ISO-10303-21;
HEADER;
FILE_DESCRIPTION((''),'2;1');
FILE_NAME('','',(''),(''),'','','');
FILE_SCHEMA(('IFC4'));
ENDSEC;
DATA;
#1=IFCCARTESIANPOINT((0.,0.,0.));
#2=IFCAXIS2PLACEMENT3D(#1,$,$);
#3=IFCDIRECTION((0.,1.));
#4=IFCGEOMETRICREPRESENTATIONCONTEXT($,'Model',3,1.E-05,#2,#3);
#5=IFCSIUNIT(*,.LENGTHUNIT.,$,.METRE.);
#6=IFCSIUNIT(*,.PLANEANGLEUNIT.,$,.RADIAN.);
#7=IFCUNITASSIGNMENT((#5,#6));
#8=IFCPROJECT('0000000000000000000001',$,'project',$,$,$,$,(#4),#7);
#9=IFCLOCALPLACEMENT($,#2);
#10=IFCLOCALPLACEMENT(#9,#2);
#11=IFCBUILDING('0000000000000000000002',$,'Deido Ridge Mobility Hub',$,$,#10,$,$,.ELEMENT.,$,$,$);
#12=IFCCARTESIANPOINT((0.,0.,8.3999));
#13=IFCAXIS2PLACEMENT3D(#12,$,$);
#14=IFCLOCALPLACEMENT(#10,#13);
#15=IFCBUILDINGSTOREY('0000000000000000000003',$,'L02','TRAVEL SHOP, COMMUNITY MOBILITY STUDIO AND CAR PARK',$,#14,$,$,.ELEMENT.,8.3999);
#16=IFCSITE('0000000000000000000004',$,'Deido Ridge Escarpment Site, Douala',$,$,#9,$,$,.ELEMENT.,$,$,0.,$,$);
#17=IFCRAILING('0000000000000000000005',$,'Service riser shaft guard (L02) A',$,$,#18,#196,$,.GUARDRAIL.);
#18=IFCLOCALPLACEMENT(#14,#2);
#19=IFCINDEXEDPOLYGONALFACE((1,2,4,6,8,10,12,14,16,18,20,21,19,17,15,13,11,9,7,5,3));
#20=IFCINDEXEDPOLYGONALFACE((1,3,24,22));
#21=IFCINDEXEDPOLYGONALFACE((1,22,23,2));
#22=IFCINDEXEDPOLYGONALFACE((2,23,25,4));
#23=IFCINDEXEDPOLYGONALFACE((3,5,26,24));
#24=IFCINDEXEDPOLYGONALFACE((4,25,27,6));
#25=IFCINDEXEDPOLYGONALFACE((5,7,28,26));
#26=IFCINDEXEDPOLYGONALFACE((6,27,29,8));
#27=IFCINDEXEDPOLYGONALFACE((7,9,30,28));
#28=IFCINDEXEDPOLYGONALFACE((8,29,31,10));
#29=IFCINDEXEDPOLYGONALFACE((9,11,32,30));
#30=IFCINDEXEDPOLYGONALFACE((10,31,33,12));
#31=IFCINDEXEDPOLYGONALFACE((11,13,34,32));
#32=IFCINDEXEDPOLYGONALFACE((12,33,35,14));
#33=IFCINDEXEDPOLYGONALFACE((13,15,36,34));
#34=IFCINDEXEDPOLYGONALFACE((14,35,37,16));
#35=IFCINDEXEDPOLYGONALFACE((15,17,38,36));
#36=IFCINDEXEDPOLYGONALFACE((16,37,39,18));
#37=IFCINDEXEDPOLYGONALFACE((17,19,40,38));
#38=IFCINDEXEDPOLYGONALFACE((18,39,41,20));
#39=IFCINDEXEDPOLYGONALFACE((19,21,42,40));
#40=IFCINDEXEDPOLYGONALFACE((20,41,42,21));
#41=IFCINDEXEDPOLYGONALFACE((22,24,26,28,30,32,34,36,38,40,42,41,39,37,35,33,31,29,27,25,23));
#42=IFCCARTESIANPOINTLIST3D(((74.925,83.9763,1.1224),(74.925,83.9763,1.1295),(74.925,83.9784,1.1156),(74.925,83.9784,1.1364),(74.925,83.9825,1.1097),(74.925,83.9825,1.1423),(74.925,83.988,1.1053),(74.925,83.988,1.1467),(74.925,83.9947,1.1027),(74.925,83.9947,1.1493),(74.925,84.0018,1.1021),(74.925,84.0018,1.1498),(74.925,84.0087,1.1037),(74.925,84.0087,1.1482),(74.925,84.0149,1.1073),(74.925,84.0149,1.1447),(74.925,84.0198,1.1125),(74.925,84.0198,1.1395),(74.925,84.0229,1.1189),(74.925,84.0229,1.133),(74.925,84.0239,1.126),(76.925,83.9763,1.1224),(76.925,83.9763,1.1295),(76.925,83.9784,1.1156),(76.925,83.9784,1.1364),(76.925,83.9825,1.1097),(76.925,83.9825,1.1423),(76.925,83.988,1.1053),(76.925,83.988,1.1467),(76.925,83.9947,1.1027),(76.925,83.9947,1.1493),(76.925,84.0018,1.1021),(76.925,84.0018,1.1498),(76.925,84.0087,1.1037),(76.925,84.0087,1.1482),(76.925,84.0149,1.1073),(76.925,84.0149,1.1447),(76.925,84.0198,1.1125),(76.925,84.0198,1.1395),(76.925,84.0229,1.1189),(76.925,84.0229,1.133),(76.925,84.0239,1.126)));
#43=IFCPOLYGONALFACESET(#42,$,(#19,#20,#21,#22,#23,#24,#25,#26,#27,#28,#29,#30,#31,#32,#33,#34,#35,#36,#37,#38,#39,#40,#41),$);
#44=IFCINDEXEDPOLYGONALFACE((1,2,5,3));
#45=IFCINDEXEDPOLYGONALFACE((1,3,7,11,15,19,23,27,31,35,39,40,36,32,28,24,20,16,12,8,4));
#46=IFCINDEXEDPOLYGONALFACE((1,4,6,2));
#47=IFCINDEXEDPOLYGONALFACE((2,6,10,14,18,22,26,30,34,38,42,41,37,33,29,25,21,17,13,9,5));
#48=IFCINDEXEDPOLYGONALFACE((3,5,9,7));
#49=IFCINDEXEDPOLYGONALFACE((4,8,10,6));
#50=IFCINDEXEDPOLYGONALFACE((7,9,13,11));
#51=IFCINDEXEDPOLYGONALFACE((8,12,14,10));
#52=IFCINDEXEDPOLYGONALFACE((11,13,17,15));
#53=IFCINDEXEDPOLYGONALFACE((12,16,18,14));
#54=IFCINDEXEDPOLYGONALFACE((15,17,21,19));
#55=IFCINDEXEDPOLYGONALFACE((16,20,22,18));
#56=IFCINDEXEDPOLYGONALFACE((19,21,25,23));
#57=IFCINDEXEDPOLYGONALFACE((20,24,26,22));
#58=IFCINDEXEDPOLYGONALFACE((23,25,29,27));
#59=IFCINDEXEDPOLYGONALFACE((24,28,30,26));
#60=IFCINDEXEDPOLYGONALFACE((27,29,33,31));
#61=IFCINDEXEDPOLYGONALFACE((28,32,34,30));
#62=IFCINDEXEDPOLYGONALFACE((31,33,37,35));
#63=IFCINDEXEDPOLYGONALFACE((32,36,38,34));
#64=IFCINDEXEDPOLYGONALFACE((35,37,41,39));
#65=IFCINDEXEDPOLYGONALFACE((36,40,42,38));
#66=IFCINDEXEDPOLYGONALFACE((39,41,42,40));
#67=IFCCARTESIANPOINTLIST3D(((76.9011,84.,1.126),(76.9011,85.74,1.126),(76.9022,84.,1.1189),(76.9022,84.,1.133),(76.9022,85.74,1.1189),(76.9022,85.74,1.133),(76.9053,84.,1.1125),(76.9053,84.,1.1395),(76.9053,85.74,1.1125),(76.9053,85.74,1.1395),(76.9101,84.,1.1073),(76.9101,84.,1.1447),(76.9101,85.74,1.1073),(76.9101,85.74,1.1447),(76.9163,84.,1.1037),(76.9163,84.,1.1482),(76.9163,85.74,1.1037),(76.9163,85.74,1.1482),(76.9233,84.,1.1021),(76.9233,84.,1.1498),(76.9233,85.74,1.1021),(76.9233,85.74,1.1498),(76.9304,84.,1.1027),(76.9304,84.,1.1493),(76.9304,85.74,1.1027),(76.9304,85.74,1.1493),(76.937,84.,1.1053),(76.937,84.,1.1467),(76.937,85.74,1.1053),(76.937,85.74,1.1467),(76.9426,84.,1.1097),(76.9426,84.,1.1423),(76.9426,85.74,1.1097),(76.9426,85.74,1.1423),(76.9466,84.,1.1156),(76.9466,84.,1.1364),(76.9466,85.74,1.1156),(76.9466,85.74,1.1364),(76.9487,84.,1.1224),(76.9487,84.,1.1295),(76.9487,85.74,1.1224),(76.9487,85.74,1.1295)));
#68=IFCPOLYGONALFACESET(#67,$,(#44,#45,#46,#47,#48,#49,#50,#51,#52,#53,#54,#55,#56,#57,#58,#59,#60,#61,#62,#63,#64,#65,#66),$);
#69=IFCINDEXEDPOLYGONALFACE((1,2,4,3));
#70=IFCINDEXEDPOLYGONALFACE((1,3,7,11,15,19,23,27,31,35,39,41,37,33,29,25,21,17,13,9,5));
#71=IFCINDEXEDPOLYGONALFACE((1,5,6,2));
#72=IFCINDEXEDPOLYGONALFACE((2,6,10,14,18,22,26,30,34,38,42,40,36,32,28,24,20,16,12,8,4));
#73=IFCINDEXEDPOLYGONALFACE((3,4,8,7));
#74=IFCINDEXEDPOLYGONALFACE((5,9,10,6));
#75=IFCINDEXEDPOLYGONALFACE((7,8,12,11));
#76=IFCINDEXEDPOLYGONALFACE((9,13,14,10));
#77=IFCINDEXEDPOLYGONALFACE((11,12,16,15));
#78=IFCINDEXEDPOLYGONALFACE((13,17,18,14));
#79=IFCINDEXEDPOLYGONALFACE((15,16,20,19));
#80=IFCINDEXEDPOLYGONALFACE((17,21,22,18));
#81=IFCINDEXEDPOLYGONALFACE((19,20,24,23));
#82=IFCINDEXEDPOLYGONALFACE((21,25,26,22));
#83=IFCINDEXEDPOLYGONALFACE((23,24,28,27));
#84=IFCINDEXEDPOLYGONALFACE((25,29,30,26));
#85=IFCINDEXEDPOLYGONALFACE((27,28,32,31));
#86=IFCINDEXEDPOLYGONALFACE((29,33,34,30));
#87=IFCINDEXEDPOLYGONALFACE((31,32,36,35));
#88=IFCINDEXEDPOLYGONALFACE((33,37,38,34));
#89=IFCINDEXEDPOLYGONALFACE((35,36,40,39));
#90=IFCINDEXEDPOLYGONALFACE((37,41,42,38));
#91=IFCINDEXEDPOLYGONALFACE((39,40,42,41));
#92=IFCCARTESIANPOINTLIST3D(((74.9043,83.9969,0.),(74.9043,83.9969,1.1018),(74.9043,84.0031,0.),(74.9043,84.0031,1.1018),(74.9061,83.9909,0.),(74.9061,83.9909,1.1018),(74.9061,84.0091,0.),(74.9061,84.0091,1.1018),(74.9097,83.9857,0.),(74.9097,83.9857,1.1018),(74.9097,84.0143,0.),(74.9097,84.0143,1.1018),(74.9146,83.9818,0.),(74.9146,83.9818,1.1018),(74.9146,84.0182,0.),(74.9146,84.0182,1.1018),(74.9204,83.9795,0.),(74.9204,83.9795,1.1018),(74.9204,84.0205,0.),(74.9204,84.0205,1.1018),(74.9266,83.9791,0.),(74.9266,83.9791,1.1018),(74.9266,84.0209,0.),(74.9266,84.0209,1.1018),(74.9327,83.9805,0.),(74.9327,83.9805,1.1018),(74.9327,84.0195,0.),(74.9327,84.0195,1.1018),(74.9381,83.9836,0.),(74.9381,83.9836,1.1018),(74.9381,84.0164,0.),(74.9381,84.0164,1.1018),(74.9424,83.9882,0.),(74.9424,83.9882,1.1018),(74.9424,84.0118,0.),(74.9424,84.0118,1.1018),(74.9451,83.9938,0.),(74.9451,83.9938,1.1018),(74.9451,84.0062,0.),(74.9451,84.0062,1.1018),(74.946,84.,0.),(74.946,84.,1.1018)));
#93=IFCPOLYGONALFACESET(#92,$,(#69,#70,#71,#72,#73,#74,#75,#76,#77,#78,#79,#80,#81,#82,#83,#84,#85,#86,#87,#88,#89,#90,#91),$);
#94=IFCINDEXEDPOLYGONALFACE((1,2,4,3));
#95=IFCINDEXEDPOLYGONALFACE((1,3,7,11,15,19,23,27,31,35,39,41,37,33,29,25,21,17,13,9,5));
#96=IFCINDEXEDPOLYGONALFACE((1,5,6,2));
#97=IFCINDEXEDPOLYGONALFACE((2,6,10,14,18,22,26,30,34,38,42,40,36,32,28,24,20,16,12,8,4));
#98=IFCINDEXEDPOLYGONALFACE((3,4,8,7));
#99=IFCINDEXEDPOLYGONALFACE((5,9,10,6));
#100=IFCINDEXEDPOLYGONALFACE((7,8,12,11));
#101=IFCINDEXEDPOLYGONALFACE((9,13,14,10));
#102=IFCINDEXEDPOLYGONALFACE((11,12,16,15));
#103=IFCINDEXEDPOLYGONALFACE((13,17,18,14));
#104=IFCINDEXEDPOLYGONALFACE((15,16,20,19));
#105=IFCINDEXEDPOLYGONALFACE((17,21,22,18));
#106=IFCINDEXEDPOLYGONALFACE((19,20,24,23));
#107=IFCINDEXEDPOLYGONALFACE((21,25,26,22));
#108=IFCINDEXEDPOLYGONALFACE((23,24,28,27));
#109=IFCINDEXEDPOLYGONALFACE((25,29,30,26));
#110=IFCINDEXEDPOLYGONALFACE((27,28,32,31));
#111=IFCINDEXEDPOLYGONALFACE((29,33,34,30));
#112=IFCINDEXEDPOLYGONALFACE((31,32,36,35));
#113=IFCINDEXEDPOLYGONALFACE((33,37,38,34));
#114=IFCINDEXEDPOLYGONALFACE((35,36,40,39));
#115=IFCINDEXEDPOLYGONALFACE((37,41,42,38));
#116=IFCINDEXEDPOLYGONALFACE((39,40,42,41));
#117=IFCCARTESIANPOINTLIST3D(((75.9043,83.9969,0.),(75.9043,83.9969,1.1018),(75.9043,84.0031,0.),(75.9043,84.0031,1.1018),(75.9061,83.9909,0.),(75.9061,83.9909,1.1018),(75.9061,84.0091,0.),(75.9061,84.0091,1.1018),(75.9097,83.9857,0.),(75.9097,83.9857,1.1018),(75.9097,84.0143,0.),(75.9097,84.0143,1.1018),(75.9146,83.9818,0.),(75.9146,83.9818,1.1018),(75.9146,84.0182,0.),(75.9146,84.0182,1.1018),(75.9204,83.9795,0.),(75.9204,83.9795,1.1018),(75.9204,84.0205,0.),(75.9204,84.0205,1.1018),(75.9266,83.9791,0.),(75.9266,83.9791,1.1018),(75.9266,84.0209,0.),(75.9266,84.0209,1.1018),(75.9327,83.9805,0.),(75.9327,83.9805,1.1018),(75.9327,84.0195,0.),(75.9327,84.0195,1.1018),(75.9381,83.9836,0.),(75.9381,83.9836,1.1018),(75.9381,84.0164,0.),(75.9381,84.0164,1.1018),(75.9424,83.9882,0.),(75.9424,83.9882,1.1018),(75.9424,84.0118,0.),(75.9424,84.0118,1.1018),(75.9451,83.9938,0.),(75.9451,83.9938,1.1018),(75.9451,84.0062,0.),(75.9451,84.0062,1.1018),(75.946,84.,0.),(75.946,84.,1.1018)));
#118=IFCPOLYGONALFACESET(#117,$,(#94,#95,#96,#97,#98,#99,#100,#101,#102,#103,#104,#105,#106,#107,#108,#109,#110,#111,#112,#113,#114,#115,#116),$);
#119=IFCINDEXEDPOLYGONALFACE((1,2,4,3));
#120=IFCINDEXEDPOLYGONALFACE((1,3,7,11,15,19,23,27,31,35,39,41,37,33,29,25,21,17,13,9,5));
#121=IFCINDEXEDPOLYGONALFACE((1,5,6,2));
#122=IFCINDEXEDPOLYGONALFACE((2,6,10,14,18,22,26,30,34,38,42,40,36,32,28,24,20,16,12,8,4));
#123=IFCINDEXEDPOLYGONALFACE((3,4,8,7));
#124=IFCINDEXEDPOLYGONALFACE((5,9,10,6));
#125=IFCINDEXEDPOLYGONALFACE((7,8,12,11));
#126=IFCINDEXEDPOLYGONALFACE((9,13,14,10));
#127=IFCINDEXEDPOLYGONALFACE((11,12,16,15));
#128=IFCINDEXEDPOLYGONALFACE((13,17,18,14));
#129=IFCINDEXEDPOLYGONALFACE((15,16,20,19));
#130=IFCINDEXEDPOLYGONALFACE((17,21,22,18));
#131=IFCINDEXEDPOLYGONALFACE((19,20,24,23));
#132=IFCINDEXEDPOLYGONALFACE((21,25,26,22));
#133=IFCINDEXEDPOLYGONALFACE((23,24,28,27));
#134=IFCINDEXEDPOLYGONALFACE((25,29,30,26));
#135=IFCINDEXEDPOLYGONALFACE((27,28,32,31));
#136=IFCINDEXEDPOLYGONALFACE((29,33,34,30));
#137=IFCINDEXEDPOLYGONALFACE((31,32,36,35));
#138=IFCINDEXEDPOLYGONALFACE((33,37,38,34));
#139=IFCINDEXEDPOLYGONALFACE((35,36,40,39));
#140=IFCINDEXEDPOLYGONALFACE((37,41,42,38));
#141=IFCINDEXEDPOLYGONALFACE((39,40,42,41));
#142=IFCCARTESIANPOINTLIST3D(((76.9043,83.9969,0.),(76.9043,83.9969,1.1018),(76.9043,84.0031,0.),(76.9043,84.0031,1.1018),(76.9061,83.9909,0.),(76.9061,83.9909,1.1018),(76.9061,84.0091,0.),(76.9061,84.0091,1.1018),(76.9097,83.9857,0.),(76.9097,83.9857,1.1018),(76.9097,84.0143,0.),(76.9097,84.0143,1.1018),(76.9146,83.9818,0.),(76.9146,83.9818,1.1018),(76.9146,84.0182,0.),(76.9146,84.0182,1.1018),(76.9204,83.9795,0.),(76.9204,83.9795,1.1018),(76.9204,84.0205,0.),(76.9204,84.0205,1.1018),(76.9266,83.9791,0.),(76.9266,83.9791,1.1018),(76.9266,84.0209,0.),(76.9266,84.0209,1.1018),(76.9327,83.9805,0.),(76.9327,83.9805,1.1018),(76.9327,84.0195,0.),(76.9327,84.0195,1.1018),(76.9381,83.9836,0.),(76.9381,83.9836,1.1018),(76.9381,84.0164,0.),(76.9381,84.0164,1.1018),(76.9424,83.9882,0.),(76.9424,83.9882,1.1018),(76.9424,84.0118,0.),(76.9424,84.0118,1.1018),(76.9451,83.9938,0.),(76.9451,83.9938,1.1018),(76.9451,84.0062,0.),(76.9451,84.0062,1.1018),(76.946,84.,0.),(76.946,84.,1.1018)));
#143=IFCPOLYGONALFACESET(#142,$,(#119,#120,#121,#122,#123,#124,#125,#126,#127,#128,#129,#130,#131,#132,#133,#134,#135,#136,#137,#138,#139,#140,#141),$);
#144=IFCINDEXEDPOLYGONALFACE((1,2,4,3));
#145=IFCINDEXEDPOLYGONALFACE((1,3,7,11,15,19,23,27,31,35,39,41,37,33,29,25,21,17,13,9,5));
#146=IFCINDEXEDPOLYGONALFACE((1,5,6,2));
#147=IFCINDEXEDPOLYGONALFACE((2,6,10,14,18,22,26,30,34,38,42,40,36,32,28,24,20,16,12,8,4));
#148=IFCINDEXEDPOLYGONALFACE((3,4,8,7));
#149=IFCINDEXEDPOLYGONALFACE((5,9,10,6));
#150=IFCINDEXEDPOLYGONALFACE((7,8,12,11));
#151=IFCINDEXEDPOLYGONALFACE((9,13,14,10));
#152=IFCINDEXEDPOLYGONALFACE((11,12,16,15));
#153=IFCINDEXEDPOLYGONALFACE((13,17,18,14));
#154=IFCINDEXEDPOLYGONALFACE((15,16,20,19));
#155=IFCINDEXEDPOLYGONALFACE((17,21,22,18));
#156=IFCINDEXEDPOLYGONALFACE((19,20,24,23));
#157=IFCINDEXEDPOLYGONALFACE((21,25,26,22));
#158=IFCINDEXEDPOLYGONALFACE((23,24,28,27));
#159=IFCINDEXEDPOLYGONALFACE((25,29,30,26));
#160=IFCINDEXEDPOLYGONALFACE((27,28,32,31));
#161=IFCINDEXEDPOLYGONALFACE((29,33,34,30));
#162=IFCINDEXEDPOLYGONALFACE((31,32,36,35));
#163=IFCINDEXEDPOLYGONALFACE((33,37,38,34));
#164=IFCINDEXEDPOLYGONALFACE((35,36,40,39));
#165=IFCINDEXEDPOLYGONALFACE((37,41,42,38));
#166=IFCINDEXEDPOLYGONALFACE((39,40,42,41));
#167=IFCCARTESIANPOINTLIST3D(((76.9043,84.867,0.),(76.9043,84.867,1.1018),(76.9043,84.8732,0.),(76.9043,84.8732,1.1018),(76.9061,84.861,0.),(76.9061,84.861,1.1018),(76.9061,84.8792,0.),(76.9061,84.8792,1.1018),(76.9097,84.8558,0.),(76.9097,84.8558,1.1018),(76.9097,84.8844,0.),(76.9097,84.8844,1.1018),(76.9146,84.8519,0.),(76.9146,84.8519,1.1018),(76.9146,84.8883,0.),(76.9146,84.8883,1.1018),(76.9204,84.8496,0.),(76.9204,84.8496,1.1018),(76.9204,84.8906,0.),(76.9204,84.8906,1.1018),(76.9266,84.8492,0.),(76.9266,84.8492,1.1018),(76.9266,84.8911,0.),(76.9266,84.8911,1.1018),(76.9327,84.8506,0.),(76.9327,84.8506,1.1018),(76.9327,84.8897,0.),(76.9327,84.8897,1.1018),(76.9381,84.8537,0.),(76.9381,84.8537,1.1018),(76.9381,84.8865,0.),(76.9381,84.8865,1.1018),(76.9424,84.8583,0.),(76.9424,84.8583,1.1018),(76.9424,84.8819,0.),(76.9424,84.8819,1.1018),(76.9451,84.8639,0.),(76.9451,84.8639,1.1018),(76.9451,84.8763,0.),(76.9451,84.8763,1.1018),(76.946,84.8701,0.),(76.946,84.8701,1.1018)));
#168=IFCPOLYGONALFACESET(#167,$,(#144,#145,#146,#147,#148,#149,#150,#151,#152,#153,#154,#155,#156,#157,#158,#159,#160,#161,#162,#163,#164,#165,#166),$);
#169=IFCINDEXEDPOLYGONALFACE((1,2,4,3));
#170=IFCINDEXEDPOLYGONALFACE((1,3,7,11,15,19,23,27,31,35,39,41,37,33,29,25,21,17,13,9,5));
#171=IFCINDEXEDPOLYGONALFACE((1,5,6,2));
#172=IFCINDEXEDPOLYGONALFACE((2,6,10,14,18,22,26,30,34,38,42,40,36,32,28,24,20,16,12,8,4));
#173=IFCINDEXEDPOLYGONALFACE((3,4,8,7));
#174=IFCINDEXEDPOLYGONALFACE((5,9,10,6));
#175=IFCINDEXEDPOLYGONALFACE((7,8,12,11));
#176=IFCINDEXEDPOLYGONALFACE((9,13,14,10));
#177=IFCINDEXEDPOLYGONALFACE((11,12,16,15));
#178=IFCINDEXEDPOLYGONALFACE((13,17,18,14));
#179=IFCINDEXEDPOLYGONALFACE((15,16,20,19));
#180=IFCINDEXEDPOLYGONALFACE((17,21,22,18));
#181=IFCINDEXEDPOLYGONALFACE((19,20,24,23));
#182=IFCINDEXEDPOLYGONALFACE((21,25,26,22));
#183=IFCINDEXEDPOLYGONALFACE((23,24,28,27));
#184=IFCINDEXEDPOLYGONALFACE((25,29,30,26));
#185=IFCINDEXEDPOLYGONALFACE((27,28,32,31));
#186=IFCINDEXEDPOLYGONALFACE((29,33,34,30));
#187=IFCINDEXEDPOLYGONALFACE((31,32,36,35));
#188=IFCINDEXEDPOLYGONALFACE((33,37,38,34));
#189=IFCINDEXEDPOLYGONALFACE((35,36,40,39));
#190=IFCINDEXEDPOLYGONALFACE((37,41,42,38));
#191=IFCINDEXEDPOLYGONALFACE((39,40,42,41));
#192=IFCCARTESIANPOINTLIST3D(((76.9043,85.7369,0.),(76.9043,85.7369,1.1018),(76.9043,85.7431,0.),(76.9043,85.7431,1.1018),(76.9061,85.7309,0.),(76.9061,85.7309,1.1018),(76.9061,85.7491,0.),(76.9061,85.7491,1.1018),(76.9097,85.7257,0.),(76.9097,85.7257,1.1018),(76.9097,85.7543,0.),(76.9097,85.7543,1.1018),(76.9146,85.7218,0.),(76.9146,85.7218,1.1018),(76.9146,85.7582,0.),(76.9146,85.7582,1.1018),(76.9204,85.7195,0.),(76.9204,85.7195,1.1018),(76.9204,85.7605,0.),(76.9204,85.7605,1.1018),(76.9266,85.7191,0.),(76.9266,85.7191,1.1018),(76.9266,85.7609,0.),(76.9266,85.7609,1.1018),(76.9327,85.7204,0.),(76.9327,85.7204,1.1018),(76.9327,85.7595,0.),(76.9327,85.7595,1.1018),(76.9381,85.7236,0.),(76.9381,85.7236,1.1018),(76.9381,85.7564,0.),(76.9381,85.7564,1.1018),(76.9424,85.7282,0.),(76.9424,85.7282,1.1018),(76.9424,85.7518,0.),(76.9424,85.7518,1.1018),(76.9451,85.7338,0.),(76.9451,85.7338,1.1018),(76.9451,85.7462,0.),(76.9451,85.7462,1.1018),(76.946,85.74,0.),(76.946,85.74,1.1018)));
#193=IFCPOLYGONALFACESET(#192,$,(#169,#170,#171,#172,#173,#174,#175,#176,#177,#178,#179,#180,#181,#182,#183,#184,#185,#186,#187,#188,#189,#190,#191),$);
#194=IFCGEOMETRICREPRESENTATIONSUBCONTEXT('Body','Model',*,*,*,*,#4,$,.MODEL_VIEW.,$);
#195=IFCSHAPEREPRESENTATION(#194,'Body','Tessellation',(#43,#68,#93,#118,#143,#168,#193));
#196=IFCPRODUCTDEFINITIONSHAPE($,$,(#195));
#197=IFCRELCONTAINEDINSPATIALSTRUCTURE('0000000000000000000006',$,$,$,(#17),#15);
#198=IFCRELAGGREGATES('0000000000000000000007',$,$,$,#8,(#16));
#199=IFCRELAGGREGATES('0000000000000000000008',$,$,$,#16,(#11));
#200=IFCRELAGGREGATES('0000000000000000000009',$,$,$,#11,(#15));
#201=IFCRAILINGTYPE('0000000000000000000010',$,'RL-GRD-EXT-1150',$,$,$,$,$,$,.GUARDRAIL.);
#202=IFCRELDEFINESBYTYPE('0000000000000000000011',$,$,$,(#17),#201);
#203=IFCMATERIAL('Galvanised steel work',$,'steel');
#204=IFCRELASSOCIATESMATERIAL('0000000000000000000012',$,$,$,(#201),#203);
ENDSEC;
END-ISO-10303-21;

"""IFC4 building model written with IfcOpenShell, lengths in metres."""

from ifc_helpers import new_model, si_unit, direction, frame, origin, origin_2d, place, context, subcontext, project, spatial, circle, extrude, material, type_object, element, save


model = new_model("IFC4")

# Units and contexts
model_context = context("Model", 3, precision=1e-05, world=origin(), true_north=direction((0.0, 1.0)))
body_context = subcontext(model_context, "Body", "Model", "MODEL_VIEW")
ifc_project = project(units=[si_unit("LENGTHUNIT", "METRE"), si_unit("PLANEANGLEUNIT", "RADIAN")], contexts=[model_context])

# Site, building, storey
site_placement = place(None, origin())
site = spatial("IfcSite", under=ifc_project, at=site_placement, Name="Deido Ridge Escarpment Site, Douala", CompositionType="ELEMENT", RefElevation=0.0)
building_placement = place(site_placement, origin())
building = spatial("IfcBuilding", under=site, at=building_placement, Name="Deido Ridge Mobility Hub", CompositionType="ELEMENT")
storey_placement = place(building_placement, frame((0.0, 0.0, 8.3999)))
storey = spatial("IfcBuildingStorey", under=building, at=storey_placement, Name="L02", Description="TRAVEL SHOP, COMMUNITY MOBILITY STUDIO AND CAR PARK", CompositionType="ELEMENT", Elevation=8.3999)

# Shared definitions
ifc_material_1 = material(Name="Galvanised steel work", Category="steel")

# Railing
railing_type = type_object("IfcRailingType", Name="RL-GRD-EXT-1150", PredefinedType="GUARDRAIL", material=ifc_material_1)
railing_1_placement = place(storey_placement, frame((74.925, 84.0, 0.0)))
element("IfcRailing", 1, at=railing_1_placement, inside=storey, type_object=railing_type, Name="Service riser shaft guard (L02) A", PredefinedType="GUARDRAIL", context=body_context, shape_type="SweptSolid", body=[
    extrude(circle(Radius=0.0239, at=origin_2d()), frame((0.0, 0.0, 1.126), z_axis=(1.0, 0.0, 0.0), x_axis=(0.0, 1.0, 0.0)), (0.0, 0.0, 1.0), 2.0),
    extrude(circle(Radius=0.0239, at=origin_2d()), frame((2.0, 0.0, 1.126), z_axis=(0.0, 1.0, 0.0), x_axis=(-1.0, 0.0, 0.0)), (0.0, 0.0, 1.0), 1.74),
    extrude(circle(Radius=0.021, at=origin_2d()), origin(), (0.0, 0.0, 1.0), 1.1018),
    extrude(circle(Radius=0.021, at=origin_2d()), frame((1.0, 0.0, 0.0)), (0.0, 0.0, 1.0), 1.1018),
    extrude(circle(Radius=0.021, at=origin_2d()), frame((2.0, 0.0, 0.0)), (0.0, 0.0, 1.0), 1.1018),
    extrude(circle(Radius=0.021, at=origin_2d()), frame((2.0, 0.8701, 0.0)), (0.0, 0.0, 1.0), 1.1018),
    extrude(circle(Radius=0.021, at=origin_2d()), frame((2.0, 1.74, 0.0)), (0.0, 0.0, 1.0), 1.1018),
])

save(model, "model.ifc")
